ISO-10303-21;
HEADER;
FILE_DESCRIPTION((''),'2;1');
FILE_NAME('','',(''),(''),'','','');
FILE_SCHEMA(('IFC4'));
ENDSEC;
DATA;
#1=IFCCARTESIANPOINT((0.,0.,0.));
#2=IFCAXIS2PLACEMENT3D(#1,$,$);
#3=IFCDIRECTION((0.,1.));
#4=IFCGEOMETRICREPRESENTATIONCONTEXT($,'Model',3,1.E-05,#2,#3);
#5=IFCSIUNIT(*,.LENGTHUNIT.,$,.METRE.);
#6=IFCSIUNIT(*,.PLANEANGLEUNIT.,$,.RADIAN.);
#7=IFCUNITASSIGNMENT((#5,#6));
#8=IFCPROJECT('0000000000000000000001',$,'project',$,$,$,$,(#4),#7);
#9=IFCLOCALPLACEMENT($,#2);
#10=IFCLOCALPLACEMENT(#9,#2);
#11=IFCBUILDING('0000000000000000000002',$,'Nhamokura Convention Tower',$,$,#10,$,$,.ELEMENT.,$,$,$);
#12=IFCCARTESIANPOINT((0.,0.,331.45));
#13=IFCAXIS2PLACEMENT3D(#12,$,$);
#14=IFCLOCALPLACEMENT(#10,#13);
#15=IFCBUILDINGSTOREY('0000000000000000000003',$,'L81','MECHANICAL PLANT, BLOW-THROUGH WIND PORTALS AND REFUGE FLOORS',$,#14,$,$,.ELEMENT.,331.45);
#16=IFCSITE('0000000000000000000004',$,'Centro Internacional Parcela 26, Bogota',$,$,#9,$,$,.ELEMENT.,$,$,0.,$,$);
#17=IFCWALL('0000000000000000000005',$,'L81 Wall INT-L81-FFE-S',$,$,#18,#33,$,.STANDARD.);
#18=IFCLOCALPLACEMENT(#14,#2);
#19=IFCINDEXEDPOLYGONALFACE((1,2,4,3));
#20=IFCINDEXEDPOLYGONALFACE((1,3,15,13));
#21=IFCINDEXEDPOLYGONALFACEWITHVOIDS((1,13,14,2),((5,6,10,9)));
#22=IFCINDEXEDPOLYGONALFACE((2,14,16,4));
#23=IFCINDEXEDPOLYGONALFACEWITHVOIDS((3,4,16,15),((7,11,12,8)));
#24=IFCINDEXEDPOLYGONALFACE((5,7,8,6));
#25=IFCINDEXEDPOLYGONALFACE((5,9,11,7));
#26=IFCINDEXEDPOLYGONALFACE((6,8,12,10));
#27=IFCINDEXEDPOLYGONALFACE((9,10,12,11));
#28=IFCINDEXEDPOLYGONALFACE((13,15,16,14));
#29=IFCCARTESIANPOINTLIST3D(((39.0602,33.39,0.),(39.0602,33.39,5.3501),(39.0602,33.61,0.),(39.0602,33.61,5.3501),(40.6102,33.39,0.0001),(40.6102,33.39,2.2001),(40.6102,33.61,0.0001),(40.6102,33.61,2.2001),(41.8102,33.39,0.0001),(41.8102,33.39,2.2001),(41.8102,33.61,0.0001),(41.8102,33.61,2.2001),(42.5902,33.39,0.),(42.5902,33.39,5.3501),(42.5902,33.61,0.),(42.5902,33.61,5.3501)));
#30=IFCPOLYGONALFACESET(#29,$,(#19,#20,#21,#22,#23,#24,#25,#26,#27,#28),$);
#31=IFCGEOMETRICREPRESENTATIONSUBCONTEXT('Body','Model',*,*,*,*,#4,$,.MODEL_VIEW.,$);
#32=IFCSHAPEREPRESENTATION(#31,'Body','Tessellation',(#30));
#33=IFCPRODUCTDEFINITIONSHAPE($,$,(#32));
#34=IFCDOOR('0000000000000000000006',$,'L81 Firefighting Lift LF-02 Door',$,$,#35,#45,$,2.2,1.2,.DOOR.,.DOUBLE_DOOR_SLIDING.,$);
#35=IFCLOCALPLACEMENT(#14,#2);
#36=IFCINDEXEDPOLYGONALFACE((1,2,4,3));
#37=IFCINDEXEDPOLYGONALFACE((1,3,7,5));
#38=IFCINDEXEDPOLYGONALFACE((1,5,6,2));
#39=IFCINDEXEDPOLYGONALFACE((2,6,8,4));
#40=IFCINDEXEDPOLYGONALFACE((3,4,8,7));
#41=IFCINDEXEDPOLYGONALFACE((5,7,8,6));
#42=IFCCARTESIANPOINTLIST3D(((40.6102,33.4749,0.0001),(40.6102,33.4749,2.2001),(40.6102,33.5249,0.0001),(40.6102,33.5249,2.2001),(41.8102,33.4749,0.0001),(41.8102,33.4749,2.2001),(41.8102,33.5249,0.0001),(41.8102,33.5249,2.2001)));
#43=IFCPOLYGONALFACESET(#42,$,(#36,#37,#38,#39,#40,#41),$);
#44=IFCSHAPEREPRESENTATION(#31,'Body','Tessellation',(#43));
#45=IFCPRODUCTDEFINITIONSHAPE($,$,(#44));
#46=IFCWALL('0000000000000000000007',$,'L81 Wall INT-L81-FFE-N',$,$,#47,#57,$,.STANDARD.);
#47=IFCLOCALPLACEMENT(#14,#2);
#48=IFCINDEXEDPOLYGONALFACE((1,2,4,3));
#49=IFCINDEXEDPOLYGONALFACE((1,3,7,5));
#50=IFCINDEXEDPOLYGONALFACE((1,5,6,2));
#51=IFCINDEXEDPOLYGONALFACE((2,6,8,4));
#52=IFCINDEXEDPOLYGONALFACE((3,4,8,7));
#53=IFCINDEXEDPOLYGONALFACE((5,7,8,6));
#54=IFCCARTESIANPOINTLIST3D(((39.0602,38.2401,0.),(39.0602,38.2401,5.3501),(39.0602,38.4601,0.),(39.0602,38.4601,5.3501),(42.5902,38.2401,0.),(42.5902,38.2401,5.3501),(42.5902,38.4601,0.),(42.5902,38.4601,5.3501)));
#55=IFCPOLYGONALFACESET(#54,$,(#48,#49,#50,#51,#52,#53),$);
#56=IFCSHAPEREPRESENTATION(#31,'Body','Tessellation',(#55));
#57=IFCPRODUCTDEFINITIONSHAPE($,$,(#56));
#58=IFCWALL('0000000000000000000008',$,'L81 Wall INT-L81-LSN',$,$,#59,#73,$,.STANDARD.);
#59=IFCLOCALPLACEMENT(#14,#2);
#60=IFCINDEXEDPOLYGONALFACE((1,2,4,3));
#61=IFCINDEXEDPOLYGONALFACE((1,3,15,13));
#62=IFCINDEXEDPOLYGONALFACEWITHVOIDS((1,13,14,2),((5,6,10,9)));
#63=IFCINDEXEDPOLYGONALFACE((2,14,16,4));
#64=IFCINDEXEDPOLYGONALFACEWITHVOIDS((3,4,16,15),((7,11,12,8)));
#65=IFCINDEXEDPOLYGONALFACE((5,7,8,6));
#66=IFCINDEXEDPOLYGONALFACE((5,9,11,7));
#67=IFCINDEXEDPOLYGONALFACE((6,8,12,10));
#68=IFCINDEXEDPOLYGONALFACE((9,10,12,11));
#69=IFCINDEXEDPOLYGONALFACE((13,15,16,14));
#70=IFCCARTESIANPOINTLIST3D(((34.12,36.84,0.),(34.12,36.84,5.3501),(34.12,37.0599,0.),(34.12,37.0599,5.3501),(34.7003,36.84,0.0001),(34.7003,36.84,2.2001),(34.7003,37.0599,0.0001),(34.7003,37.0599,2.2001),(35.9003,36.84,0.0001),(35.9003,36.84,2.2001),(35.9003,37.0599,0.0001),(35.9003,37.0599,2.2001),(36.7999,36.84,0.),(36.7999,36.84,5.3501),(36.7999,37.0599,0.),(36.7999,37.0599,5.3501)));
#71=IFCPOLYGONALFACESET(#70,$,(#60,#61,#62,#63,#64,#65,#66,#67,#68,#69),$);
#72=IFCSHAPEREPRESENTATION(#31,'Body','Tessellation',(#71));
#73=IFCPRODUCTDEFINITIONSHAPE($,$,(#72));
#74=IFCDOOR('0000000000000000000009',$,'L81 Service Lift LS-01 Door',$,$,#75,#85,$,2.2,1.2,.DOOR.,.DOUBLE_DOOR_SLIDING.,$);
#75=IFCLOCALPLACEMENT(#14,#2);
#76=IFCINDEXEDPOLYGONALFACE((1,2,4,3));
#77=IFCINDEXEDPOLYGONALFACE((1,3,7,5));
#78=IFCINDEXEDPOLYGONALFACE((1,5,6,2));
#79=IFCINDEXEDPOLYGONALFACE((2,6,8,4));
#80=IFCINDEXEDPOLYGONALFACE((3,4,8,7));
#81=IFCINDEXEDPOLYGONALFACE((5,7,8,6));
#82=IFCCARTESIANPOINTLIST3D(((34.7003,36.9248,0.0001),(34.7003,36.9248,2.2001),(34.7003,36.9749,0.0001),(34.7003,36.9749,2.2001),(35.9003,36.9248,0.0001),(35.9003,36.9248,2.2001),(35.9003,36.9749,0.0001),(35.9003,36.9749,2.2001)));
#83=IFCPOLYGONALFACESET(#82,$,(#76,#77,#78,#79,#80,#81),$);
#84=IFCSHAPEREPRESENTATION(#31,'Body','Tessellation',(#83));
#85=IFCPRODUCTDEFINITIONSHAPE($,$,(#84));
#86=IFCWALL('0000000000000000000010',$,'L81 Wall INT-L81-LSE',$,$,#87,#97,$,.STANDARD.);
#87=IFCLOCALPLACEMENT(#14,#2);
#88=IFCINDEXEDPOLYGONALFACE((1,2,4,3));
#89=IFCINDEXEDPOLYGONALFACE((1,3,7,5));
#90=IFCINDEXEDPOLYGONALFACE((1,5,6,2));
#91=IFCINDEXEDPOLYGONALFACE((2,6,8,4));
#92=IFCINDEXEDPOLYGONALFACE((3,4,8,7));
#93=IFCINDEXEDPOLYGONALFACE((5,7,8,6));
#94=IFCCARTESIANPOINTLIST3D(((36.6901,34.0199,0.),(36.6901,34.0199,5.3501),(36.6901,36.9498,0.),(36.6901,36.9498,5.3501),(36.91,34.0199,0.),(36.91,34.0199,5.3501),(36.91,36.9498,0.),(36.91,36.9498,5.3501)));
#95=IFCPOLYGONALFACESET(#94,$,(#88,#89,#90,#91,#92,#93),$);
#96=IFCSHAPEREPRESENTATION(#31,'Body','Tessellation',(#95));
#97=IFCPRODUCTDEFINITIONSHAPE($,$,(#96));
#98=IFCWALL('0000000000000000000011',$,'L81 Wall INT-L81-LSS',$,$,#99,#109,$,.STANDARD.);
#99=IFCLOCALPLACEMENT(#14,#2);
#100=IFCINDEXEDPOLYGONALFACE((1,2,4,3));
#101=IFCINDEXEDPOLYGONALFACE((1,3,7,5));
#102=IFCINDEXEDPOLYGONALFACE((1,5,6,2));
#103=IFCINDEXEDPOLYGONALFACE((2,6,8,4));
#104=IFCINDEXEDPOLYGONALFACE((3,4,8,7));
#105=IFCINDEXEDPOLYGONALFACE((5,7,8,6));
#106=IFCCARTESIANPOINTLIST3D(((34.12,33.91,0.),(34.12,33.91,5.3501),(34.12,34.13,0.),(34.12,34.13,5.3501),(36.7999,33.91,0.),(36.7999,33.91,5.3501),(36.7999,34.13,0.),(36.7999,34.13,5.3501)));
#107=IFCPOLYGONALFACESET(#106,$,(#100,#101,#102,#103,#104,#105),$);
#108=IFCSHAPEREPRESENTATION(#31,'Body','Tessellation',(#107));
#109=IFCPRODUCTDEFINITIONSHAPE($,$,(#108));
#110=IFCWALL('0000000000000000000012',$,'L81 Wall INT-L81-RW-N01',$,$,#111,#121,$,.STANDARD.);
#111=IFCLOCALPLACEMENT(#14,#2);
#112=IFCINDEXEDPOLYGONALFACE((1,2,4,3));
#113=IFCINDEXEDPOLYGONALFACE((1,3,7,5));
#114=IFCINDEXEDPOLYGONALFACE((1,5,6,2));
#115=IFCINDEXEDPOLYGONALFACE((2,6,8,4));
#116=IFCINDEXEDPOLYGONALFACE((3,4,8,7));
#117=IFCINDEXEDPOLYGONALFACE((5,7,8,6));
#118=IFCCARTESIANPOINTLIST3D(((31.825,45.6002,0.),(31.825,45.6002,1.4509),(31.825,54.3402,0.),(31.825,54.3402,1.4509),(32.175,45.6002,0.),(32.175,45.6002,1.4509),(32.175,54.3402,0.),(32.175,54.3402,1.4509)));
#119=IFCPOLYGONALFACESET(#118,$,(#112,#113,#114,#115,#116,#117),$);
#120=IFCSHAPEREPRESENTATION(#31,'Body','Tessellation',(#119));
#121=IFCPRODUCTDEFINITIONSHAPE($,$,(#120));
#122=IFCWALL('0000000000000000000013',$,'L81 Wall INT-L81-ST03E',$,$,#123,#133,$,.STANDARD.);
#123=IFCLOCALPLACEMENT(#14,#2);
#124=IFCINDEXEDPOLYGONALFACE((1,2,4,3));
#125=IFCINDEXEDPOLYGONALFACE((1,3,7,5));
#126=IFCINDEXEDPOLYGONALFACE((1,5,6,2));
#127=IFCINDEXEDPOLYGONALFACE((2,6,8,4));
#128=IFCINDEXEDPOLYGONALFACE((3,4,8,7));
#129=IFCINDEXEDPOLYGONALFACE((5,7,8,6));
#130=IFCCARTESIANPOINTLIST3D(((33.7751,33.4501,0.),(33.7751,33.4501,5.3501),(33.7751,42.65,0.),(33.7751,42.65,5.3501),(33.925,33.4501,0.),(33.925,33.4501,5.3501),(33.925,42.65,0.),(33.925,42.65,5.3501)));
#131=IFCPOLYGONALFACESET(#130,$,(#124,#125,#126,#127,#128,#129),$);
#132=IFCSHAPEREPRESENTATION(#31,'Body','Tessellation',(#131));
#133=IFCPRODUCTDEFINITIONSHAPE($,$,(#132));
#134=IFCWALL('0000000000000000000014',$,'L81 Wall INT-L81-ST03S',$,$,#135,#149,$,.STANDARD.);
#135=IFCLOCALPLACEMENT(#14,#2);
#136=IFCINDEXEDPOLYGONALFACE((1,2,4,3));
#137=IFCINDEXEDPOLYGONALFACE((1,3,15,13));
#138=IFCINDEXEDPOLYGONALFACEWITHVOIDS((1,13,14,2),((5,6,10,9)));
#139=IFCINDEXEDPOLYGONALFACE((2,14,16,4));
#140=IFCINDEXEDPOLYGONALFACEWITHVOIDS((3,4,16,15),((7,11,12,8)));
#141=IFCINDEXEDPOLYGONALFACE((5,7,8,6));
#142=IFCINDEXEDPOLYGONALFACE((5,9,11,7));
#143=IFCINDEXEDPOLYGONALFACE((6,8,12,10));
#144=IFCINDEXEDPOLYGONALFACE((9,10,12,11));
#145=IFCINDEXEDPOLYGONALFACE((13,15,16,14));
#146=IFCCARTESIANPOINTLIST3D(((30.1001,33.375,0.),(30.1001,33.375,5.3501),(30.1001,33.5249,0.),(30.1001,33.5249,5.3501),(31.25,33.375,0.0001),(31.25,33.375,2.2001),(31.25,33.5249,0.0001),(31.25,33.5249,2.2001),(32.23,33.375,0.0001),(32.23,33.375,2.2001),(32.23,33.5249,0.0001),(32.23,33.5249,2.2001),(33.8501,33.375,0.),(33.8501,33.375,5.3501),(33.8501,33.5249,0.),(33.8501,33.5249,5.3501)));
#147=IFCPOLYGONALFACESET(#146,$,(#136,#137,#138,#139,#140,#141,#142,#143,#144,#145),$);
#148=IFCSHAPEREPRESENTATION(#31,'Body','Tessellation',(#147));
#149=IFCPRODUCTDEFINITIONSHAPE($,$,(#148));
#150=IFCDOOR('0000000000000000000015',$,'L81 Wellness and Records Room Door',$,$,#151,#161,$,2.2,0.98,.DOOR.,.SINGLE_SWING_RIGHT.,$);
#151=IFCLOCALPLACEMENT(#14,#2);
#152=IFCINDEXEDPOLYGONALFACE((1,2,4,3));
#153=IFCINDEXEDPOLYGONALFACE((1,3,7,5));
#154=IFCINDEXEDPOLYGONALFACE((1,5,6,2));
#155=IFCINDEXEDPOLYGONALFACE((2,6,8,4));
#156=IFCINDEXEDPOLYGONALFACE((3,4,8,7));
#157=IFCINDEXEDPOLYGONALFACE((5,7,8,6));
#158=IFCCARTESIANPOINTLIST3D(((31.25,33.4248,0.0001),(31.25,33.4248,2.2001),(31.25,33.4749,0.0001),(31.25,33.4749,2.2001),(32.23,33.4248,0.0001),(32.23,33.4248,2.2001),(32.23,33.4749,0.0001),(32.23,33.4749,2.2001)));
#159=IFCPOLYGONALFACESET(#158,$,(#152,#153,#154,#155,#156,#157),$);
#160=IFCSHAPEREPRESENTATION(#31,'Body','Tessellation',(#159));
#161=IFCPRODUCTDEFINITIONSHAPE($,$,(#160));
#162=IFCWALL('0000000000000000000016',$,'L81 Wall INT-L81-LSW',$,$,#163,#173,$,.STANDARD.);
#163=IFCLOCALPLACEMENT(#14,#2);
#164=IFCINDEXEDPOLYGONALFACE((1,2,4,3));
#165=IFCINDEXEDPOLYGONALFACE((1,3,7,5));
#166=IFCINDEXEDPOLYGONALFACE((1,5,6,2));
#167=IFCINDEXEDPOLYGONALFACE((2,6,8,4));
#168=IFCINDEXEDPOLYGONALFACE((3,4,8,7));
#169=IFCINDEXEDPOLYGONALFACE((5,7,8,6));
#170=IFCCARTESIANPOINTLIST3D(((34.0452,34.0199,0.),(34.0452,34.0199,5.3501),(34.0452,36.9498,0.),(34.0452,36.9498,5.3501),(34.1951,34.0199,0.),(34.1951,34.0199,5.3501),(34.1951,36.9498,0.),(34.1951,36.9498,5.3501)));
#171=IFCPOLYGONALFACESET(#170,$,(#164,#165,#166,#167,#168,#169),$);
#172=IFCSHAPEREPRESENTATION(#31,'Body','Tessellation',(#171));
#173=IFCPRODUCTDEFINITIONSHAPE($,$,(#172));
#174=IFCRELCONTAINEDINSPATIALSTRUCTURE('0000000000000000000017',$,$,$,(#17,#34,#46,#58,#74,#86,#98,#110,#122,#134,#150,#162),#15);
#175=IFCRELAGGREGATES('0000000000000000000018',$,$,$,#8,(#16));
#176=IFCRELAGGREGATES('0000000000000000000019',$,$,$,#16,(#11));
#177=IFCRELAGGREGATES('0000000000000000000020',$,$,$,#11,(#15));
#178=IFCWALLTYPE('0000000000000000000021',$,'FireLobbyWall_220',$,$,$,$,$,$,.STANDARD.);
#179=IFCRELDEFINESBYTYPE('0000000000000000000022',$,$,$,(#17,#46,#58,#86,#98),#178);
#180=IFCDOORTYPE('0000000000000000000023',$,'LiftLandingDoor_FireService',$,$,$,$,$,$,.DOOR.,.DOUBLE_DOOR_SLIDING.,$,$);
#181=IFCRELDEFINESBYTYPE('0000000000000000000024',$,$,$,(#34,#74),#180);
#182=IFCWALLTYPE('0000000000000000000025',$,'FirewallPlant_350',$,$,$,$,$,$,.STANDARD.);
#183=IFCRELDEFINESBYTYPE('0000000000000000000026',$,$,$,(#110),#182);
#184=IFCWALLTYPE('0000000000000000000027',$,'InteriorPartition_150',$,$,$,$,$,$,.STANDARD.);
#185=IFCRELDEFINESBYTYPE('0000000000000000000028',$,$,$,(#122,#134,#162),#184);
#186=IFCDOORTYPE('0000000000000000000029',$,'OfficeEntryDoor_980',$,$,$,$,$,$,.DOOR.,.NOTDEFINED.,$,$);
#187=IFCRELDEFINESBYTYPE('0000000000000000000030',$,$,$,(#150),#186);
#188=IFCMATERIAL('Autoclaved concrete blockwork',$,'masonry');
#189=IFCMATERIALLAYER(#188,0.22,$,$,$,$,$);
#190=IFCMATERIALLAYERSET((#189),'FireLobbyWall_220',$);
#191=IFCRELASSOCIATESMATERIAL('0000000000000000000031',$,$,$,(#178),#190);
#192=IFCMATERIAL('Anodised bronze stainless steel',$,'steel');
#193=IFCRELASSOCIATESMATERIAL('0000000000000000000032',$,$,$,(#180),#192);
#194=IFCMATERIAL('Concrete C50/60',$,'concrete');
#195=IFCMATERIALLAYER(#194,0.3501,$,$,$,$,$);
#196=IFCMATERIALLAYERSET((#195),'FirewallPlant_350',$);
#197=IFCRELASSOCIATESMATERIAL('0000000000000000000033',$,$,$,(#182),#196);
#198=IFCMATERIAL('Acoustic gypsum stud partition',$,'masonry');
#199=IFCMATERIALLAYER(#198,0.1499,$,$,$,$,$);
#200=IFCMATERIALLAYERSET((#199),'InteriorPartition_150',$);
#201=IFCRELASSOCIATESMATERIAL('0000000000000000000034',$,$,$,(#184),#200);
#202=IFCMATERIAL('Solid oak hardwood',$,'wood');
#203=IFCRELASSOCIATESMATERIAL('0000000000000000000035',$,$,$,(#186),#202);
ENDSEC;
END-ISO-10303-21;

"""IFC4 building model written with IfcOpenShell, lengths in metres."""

from ifc_helpers import new_model, si_unit, direction, frame, frame_2d, origin, place, context, subcontext, project, spatial, rectangle, extrude, material, layer, layer_set, type_object, element, fill, save


model = new_model("IFC4")

# Units and contexts
model_context = context("Model", 3, precision=1e-05, world=origin(), true_north=direction((0.0, 1.0)))
body_context = subcontext(model_context, "Body", "Model", "MODEL_VIEW")
ifc_project = project(units=[si_unit("LENGTHUNIT", "METRE"), si_unit("PLANEANGLEUNIT", "RADIAN")], contexts=[model_context])

# Site, building, storey
site_placement = place(None, origin())
site = spatial("IfcSite", under=ifc_project, at=site_placement, Name="Centro Internacional Parcela 26, Bogota", CompositionType="ELEMENT", RefElevation=0.0)
building_placement = place(site_placement, origin())
building = spatial("IfcBuilding", under=site, at=building_placement, Name="Nhamokura Convention Tower", CompositionType="ELEMENT")
storey_placement = place(building_placement, frame((0.0, 0.0, 331.45)))
storey = spatial("IfcBuildingStorey", under=building, at=storey_placement, Name="L81", Description="MECHANICAL PLANT, BLOW-THROUGH WIND PORTALS AND REFUGE FLOORS", CompositionType="ELEMENT", Elevation=331.45)

# Wall, opening, door
ifc_material_1 = material(Name="Autoclaved concrete blockwork", Category="masonry")
ifc_layer_1 = layer(ifc_material_1, 0.22)
ifc_layer_set_1 = layer_set([ifc_layer_1], Name="FireLobbyWall_220")
wall_type_1 = type_object("IfcWallType", Name="FireLobbyWall_220", PredefinedType="STANDARD", material=ifc_layer_set_1)
wall_1_placement = place(storey_placement, frame((39.0601, 33.5, 0.0), z_axis=(0.0, 0.0, 1.0), x_axis=(1.0, 0.0, 0.0)))
wall_1 = element("IfcWall", 1, at=wall_1_placement, inside=storey, type_object=wall_type_1, Name="L81 Wall INT-L81-FFE-S", PredefinedType="STANDARD", context=body_context, shape_type="SweptSolid", body=[
    extrude(rectangle(XDim=3.53, YDim=0.22, at=frame_2d((1.7651, 0.0))), origin(), (0.0, 0.0, 1.0), 5.3501),
])
opening_1_placement = place(wall_1_placement, frame((1.55, 0.0, 0.0)))
opening_1 = element("IfcOpeningElement", 2, at=opening_1_placement, cuts=wall_1, PredefinedType="OPENING", context=body_context, shape_type="SweptSolid", body=[
    extrude(rectangle(XDim=1.2, YDim=2.2, at=frame_2d((0.6001, 1.1001))), frame((0.0, 0.1199, 0.0), z_axis=(0.0, -1.0, 0.0), x_axis=(1.0, 0.0, 0.0)), (0.0, 0.0, 1.0), 0.24),
])
ifc_material_2 = material(Name="Anodised bronze stainless steel", Category="steel")
door_type_1 = type_object("IfcDoorType", Name="LiftLandingDoor_FireService", OperationType="DOUBLE_DOOR_SLIDING", PredefinedType="DOOR", material=ifc_material_2)
door_1_placement = place(opening_1_placement, origin())
door_1 = element("IfcDoor", 3, at=door_1_placement, inside=storey, type_object=door_type_1, Name="L81 Firefighting Lift LF-02 Door", OperationType="DOUBLE_DOOR_SLIDING", OverallHeight=2.2, OverallWidth=1.2, PredefinedType="DOOR", context=body_context, shape_type="SweptSolid", body=[
    extrude(rectangle(XDim=1.2, YDim=2.2, at=frame_2d((0.6001, 1.1001))), frame((0.0, 0.0249, 0.0), z_axis=(0.0, -1.0, 0.0), x_axis=(1.0, 0.0, 0.0)), (0.0, 0.0, 1.0), 0.05),
])
fill(opening_1, door_1)

# Wall
wall_2_placement = place(storey_placement, frame((39.0601, 38.3501, 0.0), z_axis=(0.0, 0.0, 1.0), x_axis=(1.0, 0.0, 0.0)))
element("IfcWall", 4, at=wall_2_placement, inside=storey, type_object=wall_type_1, Name="L81 Wall INT-L81-FFE-N", PredefinedType="STANDARD", context=body_context, shape_type="SweptSolid", body=[
    extrude(rectangle(XDim=3.53, YDim=0.22, at=frame_2d((1.7651, 0.0))), origin(), (0.0, 0.0, 1.0), 5.3501),
])

# Wall, opening, door
wall_3_placement = place(storey_placement, frame((34.1201, 36.95, 0.0), z_axis=(0.0, 0.0, 1.0), x_axis=(1.0, 0.0, 0.0)))
wall_3 = element("IfcWall", 5, at=wall_3_placement, inside=storey, type_object=wall_type_1, Name="L81 Wall INT-L81-LSN", PredefinedType="STANDARD", context=body_context, shape_type="SweptSolid", body=[
    extrude(rectangle(XDim=2.6799, YDim=0.22, at=frame_2d((1.3398, 0.0))), origin(), (0.0, 0.0, 1.0), 5.3501),
])
opening_2_placement = place(wall_3_placement, frame((0.5801, 0.0, 0.0)))
opening_2 = element("IfcOpeningElement", 6, at=opening_2_placement, cuts=wall_3, PredefinedType="OPENING", context=body_context, shape_type="SweptSolid", body=[
    extrude(rectangle(XDim=1.2, YDim=2.2, at=frame_2d((0.6001, 1.1001))), frame((0.0, 0.1199, 0.0), z_axis=(0.0, -1.0, 0.0), x_axis=(1.0, 0.0, 0.0)), (0.0, 0.0, 1.0), 0.24),
])
door_2_placement = place(opening_2_placement, origin())
door_2 = element("IfcDoor", 7, at=door_2_placement, inside=storey, type_object=door_type_1, Name="L81 Service Lift LS-01 Door", OperationType="DOUBLE_DOOR_SLIDING", OverallHeight=2.2, OverallWidth=1.2, PredefinedType="DOOR", context=body_context, shape_type="SweptSolid", body=[
    extrude(rectangle(XDim=1.2, YDim=2.2, at=frame_2d((0.6001, 1.1001))), frame((0.0, 0.0249, 0.0), z_axis=(0.0, -1.0, 0.0), x_axis=(1.0, 0.0, 0.0)), (0.0, 0.0, 1.0), 0.05),
])
fill(opening_2, door_2)

# Walls
wall_4_placement = place(storey_placement, frame((36.8, 34.02, 0.0), z_axis=(0.0, 0.0, 1.0), x_axis=(0.0, 1.0, 0.0)))
element("IfcWall", 8, at=wall_4_placement, inside=storey, type_object=wall_type_1, Name="L81 Wall INT-L81-LSE", PredefinedType="STANDARD", context=body_context, shape_type="SweptSolid", body=[
    extrude(rectangle(XDim=2.9299, YDim=0.22, at=frame_2d((1.4648, 0.0))), origin(), (0.0, 0.0, 1.0), 5.3501),
])
wall_5_placement = place(storey_placement, frame((34.1201, 34.02, 0.0), z_axis=(0.0, 0.0, 1.0), x_axis=(1.0, 0.0, 0.0)))
element("IfcWall", 9, at=wall_5_placement, inside=storey, type_object=wall_type_1, Name="L81 Wall INT-L81-LSS", PredefinedType="STANDARD", context=body_context, shape_type="SweptSolid", body=[
    extrude(rectangle(XDim=2.6799, YDim=0.22, at=frame_2d((1.3398, 0.0))), origin(), (0.0, 0.0, 1.0), 5.3501),
])
ifc_material_3 = material(Name="Concrete C50/60", Category="concrete")
ifc_layer_2 = layer(ifc_material_3, 0.3501)
ifc_layer_set_2 = layer_set([ifc_layer_2], Name="FirewallPlant_350")
wall_type_2 = type_object("IfcWallType", Name="FirewallPlant_350", PredefinedType="STANDARD", material=ifc_layer_set_2)
wall_6_placement = place(storey_placement, frame((32.0, 45.6001, 0.0), z_axis=(0.0, 0.0, 1.0), x_axis=(0.0, 1.0, 0.0)))
element("IfcWall", 10, at=wall_6_placement, inside=storey, type_object=wall_type_2, Name="L81 Wall INT-L81-RW-N01", PredefinedType="STANDARD", context=body_context, shape_type="SweptSolid", body=[
    extrude(rectangle(XDim=8.74, YDim=0.3501, at=frame_2d((4.3701, 0.0))), origin(), (0.0, 0.0, 1.0), 1.4509),
])
ifc_material_4 = material(Name="Acoustic gypsum stud partition", Category="masonry")
ifc_layer_3 = layer(ifc_material_4, 0.1499)
ifc_layer_set_3 = layer_set([ifc_layer_3], Name="InteriorPartition_150")
wall_type_3 = type_object("IfcWallType", Name="InteriorPartition_150", PredefinedType="STANDARD", material=ifc_layer_set_3)
wall_7_placement = place(storey_placement, frame((33.8501, 33.45, 0.0), z_axis=(0.0, 0.0, 1.0), x_axis=(0.0, 1.0, 0.0)))
element("IfcWall", 11, at=wall_7_placement, inside=storey, type_object=wall_type_3, Name="L81 Wall INT-L81-ST03E", PredefinedType="STANDARD", context=body_context, shape_type="SweptSolid", body=[
    extrude(rectangle(XDim=9.2, YDim=0.1499, at=frame_2d((4.6001, 0.0))), origin(), (0.0, 0.0, 1.0), 5.3501),
])

# Wall, opening, door
wall_8_placement = place(storey_placement, frame((30.1001, 33.45, 0.0), z_axis=(0.0, 0.0, 1.0), x_axis=(1.0, 0.0, 0.0)))
wall_8 = element("IfcWall", 12, at=wall_8_placement, inside=storey, type_object=wall_type_3, Name="L81 Wall INT-L81-ST03S", PredefinedType="STANDARD", context=body_context, shape_type="SweptSolid", body=[
    extrude(rectangle(XDim=3.75, YDim=0.1499, at=frame_2d((1.875, 0.0))), origin(), (0.0, 0.0, 1.0), 5.3501),
])
opening_3_placement = place(wall_8_placement, frame((1.1499, 0.0, 0.0)))
opening_3 = element("IfcOpeningElement", 13, at=opening_3_placement, cuts=wall_8, PredefinedType="OPENING", context=body_context, shape_type="SweptSolid", body=[
    extrude(rectangle(XDim=0.98, YDim=2.2, at=frame_2d((0.49, 1.1001))), frame((0.0, 0.085, 0.0), z_axis=(0.0, -1.0, 0.0), x_axis=(1.0, 0.0, 0.0)), (0.0, 0.0, 1.0), 0.1699),
])
ifc_material_5 = material(Name="Solid oak hardwood", Category="wood")
door_type_2 = type_object("IfcDoorType", Name="OfficeEntryDoor_980", OperationType="NOTDEFINED", PredefinedType="DOOR", material=ifc_material_5)
door_3_placement = place(opening_3_placement, origin())
door_3 = element("IfcDoor", 14, at=door_3_placement, inside=storey, type_object=door_type_2, Name="L81 Wellness and Records Room Door", OperationType="SINGLE_SWING_RIGHT", OverallHeight=2.2, OverallWidth=0.98, PredefinedType="DOOR", context=body_context, shape_type="SweptSolid", body=[
    extrude(rectangle(XDim=0.98, YDim=2.2, at=frame_2d((0.49, 1.1001))), frame((0.0, 0.0249, 0.0), z_axis=(0.0, -1.0, 0.0), x_axis=(1.0, 0.0, 0.0)), (0.0, 0.0, 1.0), 0.05),
])
fill(opening_3, door_3)

# Wall
wall_9_placement = place(storey_placement, frame((34.1201, 34.02, 0.0), z_axis=(0.0, 0.0, 1.0), x_axis=(0.0, 1.0, 0.0)))
element("IfcWall", 15, at=wall_9_placement, inside=storey, type_object=wall_type_3, Name="L81 Wall INT-L81-LSW", PredefinedType="STANDARD", context=body_context, shape_type="SweptSolid", body=[
    extrude(rectangle(XDim=2.9299, YDim=0.1499, at=frame_2d((1.4648, 0.0))), origin(), (0.0, 0.0, 1.0), 5.3501),
])

save(model, "model.ifc")
